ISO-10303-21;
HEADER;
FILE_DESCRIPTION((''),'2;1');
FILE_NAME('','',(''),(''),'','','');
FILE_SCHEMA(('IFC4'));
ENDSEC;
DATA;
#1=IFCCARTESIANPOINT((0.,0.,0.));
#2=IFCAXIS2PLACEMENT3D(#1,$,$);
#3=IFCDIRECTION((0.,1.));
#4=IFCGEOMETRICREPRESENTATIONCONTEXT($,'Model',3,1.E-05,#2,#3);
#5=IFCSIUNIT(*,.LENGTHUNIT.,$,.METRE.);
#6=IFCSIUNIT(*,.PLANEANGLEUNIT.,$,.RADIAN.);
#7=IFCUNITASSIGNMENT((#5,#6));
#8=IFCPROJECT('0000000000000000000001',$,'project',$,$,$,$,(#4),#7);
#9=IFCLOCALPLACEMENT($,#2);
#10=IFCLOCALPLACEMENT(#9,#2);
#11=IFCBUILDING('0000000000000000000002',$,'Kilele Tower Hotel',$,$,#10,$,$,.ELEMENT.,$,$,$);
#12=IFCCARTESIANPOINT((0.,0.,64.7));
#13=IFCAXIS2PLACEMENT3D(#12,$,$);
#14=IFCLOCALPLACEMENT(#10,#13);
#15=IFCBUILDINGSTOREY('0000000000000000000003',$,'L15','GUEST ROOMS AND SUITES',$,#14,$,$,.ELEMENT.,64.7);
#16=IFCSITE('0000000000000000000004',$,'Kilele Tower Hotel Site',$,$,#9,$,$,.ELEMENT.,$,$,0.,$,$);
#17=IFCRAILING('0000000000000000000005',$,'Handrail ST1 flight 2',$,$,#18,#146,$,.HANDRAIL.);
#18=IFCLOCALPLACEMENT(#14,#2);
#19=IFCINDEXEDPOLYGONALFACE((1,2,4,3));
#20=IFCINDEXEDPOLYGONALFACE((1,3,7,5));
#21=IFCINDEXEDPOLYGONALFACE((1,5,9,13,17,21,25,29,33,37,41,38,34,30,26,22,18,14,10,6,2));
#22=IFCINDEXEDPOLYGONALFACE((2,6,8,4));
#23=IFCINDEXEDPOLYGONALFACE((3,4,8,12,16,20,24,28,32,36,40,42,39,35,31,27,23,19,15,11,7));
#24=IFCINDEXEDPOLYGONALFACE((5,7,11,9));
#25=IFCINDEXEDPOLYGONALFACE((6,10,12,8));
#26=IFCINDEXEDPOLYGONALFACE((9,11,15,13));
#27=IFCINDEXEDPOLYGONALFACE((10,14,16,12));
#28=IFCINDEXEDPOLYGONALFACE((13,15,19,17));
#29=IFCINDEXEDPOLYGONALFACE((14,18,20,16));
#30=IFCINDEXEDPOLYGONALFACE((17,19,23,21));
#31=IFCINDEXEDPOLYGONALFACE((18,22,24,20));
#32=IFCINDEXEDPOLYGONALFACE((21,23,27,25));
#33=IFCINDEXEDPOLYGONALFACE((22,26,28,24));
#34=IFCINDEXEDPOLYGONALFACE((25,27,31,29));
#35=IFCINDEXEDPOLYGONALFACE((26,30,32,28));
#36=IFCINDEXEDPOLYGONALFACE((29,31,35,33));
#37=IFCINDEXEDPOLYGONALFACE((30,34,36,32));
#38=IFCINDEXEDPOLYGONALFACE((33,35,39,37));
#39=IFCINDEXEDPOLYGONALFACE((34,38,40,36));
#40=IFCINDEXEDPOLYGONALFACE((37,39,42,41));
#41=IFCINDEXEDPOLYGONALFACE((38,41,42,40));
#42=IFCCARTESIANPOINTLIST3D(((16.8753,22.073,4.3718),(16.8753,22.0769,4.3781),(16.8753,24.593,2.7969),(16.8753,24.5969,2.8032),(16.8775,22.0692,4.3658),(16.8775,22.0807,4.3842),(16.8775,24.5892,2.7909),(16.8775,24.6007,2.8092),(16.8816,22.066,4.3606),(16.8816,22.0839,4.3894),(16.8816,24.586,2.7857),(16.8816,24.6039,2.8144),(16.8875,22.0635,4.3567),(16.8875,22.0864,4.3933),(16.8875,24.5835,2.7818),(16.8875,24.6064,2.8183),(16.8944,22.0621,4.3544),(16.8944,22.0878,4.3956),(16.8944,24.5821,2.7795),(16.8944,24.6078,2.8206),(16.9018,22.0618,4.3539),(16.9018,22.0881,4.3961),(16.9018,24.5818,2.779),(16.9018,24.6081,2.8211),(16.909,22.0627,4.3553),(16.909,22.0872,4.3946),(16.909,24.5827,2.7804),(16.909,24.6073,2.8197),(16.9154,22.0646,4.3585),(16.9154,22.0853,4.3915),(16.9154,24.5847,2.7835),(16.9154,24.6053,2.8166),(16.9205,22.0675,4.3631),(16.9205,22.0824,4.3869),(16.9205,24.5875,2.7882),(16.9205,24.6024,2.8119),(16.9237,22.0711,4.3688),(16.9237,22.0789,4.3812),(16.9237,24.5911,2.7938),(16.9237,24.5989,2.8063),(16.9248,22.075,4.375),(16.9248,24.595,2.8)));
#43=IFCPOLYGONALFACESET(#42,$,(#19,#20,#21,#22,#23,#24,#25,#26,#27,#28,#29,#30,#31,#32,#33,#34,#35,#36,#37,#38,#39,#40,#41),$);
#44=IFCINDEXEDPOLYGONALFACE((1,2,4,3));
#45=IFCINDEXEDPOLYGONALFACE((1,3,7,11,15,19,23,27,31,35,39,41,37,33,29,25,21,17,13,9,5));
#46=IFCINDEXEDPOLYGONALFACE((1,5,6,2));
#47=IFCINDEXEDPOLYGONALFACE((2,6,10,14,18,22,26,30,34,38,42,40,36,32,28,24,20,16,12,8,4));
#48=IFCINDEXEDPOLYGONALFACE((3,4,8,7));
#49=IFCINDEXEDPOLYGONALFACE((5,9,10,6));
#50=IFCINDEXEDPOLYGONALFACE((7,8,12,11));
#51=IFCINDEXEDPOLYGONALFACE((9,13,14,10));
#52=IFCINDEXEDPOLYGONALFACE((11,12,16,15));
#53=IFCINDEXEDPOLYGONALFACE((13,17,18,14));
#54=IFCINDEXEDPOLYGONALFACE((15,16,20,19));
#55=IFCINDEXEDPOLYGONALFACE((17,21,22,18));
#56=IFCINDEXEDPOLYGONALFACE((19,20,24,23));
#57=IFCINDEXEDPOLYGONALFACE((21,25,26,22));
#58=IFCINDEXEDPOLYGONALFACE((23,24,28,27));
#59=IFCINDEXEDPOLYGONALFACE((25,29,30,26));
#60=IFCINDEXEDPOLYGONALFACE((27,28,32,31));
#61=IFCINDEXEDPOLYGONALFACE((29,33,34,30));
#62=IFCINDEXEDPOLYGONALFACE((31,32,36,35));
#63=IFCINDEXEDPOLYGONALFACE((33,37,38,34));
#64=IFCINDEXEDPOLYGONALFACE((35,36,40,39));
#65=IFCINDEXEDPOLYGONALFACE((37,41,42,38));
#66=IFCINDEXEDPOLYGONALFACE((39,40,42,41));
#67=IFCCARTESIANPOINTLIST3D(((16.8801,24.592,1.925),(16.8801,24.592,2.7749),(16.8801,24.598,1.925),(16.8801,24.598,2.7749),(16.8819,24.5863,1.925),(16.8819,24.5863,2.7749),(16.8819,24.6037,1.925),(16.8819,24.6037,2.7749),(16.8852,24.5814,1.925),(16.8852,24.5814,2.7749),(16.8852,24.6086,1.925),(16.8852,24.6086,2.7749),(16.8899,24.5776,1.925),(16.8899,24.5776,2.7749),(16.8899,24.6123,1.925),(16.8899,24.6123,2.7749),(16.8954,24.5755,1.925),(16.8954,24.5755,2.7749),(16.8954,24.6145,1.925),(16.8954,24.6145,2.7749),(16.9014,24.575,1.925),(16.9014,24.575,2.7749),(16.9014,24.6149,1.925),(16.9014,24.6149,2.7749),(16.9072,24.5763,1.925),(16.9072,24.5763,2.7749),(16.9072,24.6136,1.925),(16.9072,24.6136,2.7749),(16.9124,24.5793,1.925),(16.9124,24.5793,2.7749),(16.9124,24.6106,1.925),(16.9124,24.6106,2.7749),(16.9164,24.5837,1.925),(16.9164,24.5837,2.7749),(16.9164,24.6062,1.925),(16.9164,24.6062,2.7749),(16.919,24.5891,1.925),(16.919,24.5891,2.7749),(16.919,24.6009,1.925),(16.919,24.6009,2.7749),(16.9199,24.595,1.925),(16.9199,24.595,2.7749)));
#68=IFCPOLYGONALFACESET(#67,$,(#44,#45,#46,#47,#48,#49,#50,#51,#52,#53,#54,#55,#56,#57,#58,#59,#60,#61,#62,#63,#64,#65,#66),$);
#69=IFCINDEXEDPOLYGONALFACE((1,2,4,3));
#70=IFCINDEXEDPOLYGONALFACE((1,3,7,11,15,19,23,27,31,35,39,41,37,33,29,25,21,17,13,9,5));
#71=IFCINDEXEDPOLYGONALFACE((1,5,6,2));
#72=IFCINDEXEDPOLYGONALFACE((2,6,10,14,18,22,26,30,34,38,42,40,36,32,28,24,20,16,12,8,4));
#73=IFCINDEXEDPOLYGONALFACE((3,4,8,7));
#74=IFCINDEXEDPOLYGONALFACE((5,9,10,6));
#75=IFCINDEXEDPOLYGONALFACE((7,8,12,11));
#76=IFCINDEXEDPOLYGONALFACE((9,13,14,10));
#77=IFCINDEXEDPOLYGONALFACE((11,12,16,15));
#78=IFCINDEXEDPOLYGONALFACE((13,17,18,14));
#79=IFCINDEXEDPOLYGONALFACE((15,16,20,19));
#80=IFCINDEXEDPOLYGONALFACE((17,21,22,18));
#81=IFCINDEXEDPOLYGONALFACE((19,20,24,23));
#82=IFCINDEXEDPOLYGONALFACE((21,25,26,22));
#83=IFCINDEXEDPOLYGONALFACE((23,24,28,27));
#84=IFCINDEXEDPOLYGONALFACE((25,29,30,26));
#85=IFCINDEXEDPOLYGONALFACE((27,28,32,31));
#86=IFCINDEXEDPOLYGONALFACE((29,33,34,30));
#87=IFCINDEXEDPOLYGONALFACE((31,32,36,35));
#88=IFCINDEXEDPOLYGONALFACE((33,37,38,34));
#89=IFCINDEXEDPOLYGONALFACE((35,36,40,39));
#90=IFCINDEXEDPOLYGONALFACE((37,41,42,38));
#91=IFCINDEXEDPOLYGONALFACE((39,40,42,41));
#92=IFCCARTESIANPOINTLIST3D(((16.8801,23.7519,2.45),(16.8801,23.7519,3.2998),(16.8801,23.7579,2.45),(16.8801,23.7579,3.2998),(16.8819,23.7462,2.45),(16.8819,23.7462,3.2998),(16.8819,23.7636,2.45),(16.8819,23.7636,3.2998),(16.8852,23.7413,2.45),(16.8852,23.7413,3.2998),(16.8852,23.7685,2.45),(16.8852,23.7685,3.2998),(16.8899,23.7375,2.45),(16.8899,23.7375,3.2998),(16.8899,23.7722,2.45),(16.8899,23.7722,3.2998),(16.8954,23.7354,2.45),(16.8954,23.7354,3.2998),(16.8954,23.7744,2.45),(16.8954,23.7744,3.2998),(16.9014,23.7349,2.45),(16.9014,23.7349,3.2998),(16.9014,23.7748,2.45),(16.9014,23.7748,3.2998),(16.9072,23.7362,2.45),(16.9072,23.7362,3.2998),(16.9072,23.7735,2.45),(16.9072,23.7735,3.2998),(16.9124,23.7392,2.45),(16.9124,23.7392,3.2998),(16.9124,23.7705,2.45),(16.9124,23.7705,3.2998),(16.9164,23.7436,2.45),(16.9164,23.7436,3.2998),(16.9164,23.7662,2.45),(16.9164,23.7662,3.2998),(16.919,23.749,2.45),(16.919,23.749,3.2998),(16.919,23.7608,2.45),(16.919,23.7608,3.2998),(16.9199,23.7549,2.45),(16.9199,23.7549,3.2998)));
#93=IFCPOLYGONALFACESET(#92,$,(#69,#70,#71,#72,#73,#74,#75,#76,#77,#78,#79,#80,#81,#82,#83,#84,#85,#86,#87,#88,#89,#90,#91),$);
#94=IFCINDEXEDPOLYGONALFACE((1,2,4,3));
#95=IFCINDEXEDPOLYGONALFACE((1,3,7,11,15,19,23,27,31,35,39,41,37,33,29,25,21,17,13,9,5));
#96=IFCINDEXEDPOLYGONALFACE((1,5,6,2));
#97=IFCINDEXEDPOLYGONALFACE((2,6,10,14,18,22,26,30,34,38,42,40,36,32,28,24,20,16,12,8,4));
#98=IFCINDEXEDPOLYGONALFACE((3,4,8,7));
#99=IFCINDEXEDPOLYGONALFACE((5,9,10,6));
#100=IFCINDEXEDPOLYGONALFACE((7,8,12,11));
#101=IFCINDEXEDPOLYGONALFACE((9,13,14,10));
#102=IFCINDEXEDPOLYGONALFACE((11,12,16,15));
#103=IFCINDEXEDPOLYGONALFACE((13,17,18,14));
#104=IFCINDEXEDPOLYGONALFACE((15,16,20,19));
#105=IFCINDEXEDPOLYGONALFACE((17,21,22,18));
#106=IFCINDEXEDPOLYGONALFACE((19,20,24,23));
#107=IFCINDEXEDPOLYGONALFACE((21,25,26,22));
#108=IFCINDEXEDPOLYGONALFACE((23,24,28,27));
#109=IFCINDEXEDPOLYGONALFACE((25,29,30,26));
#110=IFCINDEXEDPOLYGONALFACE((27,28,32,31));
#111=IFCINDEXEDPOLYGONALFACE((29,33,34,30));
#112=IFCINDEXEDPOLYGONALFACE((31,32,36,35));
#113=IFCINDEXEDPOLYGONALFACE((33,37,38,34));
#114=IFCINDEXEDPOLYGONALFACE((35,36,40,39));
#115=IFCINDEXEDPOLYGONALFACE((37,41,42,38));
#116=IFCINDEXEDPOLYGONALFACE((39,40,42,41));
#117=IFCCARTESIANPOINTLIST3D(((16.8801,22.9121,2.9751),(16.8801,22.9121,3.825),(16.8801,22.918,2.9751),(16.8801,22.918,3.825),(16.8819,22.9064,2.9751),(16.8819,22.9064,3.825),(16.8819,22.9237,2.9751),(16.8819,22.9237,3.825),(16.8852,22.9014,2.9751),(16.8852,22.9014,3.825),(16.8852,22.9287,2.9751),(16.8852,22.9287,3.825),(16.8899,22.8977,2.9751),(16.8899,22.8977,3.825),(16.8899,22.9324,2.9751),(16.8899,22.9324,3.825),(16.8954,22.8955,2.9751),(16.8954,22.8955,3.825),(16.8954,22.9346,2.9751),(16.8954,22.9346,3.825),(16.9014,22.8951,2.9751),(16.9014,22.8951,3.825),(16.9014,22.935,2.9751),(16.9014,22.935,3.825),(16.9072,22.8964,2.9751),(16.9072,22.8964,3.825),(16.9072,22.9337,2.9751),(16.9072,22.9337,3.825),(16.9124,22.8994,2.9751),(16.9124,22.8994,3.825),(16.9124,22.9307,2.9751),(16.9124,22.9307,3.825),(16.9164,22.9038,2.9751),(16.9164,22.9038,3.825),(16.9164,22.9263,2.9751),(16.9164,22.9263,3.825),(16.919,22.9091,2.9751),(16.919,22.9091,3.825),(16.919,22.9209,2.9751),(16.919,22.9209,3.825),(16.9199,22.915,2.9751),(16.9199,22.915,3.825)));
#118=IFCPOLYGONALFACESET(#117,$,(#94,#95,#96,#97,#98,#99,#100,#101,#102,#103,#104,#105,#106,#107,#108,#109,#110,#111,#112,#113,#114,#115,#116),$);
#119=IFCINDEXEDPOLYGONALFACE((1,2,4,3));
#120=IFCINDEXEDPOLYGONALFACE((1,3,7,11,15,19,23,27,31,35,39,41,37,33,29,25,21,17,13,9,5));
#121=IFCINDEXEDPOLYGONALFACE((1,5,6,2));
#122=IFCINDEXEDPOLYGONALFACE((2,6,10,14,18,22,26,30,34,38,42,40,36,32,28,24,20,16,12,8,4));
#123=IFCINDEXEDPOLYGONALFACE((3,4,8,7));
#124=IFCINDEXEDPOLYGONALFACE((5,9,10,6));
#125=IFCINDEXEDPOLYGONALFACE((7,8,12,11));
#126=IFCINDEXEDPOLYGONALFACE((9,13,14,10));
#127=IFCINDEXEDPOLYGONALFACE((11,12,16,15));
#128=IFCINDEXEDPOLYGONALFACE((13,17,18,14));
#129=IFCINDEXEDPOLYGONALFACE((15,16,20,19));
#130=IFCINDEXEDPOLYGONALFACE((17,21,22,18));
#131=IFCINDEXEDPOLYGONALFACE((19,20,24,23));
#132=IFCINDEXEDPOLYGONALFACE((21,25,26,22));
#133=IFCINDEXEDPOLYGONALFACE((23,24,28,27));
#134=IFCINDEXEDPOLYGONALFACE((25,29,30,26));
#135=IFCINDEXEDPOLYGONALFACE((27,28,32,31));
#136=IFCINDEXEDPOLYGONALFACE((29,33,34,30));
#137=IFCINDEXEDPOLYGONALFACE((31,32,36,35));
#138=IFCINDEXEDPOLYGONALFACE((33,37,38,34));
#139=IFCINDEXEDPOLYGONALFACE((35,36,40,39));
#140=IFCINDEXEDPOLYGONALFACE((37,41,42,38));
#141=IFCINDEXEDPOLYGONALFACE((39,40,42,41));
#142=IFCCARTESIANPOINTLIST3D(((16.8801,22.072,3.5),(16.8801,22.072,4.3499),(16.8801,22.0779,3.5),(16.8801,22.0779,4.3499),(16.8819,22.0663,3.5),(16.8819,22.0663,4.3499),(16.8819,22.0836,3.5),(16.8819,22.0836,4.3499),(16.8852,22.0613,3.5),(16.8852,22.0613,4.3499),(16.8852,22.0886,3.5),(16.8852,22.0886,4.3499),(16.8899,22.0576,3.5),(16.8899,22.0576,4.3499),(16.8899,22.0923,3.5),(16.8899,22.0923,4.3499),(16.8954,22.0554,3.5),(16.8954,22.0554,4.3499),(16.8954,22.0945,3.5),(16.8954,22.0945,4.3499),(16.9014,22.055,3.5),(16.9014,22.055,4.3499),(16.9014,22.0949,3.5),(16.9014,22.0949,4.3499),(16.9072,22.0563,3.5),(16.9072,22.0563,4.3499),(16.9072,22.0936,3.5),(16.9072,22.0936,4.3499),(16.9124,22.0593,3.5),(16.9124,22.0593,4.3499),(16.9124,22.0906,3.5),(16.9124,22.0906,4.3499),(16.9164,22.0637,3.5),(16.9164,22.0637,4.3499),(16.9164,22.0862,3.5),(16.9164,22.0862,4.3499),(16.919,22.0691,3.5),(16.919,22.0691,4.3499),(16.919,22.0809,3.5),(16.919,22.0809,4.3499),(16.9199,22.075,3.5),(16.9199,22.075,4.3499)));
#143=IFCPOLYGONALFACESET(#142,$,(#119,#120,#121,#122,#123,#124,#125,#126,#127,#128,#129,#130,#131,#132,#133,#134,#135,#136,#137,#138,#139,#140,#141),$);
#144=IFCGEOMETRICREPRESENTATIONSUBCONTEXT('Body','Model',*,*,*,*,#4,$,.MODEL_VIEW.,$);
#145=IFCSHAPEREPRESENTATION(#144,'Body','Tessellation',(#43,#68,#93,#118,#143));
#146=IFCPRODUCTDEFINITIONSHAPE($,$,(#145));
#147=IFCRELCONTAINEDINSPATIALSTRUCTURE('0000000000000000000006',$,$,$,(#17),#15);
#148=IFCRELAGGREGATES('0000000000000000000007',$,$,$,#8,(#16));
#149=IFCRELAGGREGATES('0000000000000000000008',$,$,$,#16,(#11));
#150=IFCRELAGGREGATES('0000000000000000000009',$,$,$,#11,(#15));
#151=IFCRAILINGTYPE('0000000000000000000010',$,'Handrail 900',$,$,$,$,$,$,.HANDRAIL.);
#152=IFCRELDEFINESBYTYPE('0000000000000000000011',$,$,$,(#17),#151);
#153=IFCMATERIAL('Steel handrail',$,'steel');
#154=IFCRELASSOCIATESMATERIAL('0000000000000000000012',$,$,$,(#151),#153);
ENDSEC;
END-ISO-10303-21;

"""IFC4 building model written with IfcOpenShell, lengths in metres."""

from ifc_helpers import new_model, si_unit, direction, frame, origin, origin_2d, place, context, subcontext, project, spatial, circle, extrude, material, type_object, element, save


model = new_model("IFC4")

# Units and contexts
model_context = context("Model", 3, precision=1e-05, world=origin(), true_north=direction((0.0, 1.0)))
body_context = subcontext(model_context, "Body", "Model", "MODEL_VIEW")
ifc_project = project(units=[si_unit("LENGTHUNIT", "METRE"), si_unit("PLANEANGLEUNIT", "RADIAN")], contexts=[model_context])

# Site, building, storey
site_placement = place(None, origin())
site = spatial("IfcSite", under=ifc_project, at=site_placement, Name="Kilele Tower Hotel Site", CompositionType="ELEMENT", RefElevation=0.0)
building_placement = place(site_placement, origin())
building = spatial("IfcBuilding", under=site, at=building_placement, Name="Kilele Tower Hotel", CompositionType="ELEMENT")
storey_placement = place(building_placement, frame((0.0, 0.0, 64.7)))
storey = spatial("IfcBuildingStorey", under=building, at=storey_placement, Name="L15", Description="GUEST ROOMS AND SUITES", CompositionType="ELEMENT", Elevation=64.7)

# Railing
ifc_material_1 = material(Name="Steel handrail", Category="steel")
railing_type_1 = type_object("IfcRailingType", Name="Handrail 900", PredefinedType="HANDRAIL", material=ifc_material_1)
for number, where, name in (
    (1, (16.8999, 24.595, 1.925), "Handrail ST1 flight 2"),
):
    element("IfcRailing", number, at=place(storey_placement, frame(where)), inside=storey, type_object=railing_type_1, Name=name, PredefinedType="HANDRAIL", context=body_context, shape_type="SweptSolid", body=[
        extrude(circle(Radius=0.0249, at=origin_2d()), frame((0.0, 0.0, 0.875), z_axis=(0.0, -0.848008, 0.529984), x_axis=(1.0, 0.0, 0.0)), (0.0, 0.0, 1.0), 2.9717),
        extrude(circle(Radius=0.02, at=origin_2d()), origin(), (0.0, 0.0, 1.0), 0.8499),
        extrude(circle(Radius=0.02, at=origin_2d()), frame((0.0, -0.8401, 0.5249)), (0.0, 0.0, 1.0), 0.8499),
        extrude(circle(Radius=0.02, at=origin_2d()), frame((0.0, -1.6799, 1.05)), (0.0, 0.0, 1.0), 0.8499),
        extrude(circle(Radius=0.02, at=origin_2d()), frame((0.0, -2.52, 1.575)), (0.0, 0.0, 1.0), 0.8499),
    ])

save(model, "model.ifc")
